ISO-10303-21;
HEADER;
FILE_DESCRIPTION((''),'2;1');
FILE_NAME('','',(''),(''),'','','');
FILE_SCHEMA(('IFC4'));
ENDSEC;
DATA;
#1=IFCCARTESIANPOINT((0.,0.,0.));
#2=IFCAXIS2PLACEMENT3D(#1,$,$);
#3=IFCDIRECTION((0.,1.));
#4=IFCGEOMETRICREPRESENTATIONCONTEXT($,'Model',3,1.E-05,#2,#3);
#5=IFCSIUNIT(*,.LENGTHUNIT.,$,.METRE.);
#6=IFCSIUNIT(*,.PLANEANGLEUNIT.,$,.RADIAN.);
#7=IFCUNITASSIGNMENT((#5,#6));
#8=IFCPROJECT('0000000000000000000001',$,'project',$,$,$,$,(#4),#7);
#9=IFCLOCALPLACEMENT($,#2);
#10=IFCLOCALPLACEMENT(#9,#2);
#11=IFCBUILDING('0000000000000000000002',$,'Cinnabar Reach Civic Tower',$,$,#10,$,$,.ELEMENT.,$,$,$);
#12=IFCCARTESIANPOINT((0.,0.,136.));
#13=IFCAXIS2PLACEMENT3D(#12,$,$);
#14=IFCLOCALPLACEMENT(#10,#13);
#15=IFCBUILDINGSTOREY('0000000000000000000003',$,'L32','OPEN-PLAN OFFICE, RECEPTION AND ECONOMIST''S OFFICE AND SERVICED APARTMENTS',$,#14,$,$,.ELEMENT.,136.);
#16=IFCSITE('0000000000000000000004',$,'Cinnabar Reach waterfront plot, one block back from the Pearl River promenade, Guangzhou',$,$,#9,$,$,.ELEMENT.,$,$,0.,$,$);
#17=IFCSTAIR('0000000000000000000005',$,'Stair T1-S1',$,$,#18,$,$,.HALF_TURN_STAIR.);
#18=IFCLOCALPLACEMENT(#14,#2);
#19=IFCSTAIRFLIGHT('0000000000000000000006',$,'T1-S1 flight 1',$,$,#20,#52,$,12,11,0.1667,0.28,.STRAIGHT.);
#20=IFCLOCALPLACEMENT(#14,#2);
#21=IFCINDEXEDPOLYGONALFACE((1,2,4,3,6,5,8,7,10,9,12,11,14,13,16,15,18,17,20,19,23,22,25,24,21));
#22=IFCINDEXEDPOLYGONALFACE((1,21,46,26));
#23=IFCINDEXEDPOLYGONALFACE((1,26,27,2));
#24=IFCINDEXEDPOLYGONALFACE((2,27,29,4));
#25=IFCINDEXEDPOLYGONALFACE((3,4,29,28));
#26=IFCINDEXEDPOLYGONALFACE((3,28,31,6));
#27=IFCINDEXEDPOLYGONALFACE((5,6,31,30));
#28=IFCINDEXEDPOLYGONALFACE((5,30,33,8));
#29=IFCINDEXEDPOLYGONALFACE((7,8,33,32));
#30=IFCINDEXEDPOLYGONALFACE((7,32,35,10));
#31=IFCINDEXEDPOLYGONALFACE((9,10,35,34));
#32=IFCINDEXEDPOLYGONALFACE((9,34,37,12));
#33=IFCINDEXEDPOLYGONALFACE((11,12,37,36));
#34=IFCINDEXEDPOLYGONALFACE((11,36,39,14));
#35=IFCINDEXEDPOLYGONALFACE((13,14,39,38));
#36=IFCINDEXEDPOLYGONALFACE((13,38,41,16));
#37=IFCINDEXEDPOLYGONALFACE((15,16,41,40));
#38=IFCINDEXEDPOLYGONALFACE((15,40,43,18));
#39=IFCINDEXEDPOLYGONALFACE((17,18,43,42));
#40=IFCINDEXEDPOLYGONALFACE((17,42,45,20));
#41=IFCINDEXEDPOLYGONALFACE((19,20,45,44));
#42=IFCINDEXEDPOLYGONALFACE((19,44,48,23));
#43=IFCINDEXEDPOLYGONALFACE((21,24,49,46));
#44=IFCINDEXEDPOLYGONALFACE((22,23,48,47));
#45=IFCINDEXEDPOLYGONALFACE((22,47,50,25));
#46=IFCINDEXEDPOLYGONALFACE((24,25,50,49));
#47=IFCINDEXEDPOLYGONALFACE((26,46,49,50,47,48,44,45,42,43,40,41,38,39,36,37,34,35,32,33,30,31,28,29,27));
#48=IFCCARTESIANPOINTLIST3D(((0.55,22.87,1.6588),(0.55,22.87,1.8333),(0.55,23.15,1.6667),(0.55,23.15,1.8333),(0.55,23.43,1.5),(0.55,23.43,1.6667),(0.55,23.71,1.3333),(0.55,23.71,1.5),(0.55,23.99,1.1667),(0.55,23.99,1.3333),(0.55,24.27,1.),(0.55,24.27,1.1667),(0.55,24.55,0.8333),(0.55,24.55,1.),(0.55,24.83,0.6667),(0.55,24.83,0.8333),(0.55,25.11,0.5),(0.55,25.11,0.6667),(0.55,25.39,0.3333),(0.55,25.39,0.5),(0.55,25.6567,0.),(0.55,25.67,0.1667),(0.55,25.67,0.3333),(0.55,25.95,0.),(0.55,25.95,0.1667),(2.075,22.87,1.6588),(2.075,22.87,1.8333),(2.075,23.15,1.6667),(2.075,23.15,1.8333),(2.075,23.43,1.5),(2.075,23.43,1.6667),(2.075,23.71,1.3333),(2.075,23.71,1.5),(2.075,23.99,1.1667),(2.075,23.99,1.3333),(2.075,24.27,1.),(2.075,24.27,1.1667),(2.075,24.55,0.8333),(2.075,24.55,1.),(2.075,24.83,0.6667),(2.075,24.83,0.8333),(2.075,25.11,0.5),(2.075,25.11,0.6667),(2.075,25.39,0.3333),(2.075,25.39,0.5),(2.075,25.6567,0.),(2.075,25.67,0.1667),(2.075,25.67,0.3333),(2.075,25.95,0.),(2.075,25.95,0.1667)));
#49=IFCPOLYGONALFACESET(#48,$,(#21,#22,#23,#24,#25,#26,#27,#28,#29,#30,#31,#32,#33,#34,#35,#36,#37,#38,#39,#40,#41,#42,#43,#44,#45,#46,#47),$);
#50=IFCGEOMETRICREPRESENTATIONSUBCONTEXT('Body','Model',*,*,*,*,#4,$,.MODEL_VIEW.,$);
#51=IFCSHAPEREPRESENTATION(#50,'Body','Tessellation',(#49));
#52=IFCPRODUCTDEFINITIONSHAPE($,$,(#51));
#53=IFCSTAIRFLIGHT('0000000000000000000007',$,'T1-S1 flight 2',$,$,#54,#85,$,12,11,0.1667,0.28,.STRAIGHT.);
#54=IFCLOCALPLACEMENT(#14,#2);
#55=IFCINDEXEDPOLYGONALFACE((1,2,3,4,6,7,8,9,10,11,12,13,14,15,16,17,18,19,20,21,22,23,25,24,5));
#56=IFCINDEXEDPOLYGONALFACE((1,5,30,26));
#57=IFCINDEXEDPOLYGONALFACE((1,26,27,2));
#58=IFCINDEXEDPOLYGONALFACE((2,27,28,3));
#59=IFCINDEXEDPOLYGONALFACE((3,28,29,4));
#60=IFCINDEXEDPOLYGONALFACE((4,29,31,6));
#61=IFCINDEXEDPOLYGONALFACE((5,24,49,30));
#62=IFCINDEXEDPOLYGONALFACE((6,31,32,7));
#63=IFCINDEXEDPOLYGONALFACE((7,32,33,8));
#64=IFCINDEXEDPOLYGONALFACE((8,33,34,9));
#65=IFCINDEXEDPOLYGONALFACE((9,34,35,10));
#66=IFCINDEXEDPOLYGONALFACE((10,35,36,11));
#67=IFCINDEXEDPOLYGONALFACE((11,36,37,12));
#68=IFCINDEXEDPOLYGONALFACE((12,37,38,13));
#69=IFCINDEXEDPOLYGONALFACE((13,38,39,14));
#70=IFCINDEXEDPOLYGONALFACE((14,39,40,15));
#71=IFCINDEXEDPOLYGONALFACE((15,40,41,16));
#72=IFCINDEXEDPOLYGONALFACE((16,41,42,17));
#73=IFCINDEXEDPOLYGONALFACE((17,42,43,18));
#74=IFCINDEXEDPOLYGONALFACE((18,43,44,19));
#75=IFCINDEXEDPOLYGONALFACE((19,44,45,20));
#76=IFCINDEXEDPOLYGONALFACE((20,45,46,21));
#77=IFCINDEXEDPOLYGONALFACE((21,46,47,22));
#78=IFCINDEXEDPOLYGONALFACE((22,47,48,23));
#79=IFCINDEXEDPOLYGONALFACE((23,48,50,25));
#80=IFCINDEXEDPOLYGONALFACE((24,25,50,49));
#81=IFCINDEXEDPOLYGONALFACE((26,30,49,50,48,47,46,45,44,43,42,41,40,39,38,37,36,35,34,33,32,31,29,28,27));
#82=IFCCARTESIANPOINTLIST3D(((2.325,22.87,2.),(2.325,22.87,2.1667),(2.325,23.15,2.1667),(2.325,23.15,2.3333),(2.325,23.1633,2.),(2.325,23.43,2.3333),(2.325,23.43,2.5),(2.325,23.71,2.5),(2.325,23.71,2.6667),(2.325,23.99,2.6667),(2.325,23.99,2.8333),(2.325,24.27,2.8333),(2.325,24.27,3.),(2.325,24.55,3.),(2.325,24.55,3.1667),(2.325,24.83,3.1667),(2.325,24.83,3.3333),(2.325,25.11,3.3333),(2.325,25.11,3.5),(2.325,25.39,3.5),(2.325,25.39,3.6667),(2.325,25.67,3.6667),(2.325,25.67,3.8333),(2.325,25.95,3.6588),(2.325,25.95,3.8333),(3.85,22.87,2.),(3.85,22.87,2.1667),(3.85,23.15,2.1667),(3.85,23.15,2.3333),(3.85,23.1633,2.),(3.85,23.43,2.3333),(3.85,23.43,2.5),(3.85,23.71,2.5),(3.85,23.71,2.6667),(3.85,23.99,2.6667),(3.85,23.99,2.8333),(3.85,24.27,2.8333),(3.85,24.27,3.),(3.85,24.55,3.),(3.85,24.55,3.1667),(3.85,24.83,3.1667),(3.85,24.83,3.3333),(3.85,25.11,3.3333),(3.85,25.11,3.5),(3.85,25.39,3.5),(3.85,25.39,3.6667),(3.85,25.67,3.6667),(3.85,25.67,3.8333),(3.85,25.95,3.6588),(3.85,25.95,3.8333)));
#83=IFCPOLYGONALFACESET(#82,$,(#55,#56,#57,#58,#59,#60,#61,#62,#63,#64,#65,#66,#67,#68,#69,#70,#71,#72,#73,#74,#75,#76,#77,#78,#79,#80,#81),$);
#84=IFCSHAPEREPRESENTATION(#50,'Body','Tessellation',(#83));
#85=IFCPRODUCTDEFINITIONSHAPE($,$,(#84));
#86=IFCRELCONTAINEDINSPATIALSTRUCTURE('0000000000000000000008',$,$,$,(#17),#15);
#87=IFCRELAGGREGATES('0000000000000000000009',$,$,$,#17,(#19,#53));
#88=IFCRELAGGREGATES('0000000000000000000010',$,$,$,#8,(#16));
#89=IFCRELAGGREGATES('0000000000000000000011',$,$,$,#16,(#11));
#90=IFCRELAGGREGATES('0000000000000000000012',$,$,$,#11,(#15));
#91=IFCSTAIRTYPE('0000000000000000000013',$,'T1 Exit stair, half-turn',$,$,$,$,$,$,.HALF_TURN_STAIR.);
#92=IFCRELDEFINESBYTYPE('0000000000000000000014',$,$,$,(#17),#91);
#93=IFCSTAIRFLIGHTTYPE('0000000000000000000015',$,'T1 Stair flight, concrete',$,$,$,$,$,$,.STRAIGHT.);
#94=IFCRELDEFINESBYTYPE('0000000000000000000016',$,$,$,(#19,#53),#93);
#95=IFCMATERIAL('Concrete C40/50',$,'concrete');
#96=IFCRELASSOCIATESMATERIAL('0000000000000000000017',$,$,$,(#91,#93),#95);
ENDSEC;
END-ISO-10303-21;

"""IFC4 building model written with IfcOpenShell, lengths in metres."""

from ifc_helpers import new_model, si_unit, direction, frame, origin, place, context, subcontext, project, spatial, polyline, outline, extrude, material, type_object, element, aggregate, save


model = new_model("IFC4")

# Units and contexts
model_context = context("Model", 3, precision=1e-05, world=origin(), true_north=direction((0.0, 1.0)))
body_context = subcontext(model_context, "Body", "Model", "MODEL_VIEW")
ifc_project = project(units=[si_unit("LENGTHUNIT", "METRE"), si_unit("PLANEANGLEUNIT", "RADIAN")], contexts=[model_context])

# Site, building, storey
site_placement = place(None, origin())
site = spatial("IfcSite", under=ifc_project, at=site_placement, Name="Cinnabar Reach waterfront plot, one block back from the Pearl River promenade, Guangzhou", CompositionType="ELEMENT", RefElevation=0.0)
building_placement = place(site_placement, origin())
building = spatial("IfcBuilding", under=site, at=building_placement, Name="Cinnabar Reach Civic Tower", CompositionType="ELEMENT")
storey_placement = place(building_placement, frame((0.0, 0.0, 136.0)))
storey = spatial("IfcBuildingStorey", under=building, at=storey_placement, Name="L32", Description="OPEN-PLAN OFFICE, RECEPTION AND ECONOMIST'S OFFICE AND SERVICED APARTMENTS", CompositionType="ELEMENT", Elevation=136.0)

# Stair, stair flights
ifc_material_1 = material(Name="Concrete C40/50", Category="concrete")
stair_type = type_object("IfcStairType", Name="T1 Exit stair, half-turn", PredefinedType="HALF_TURN_STAIR", material=ifc_material_1)
stair_placement = place(storey_placement, origin())
stair = element("IfcStair", 1, at=stair_placement, inside=storey, type_object=stair_type, Name="Stair T1-S1", PredefinedType="HALF_TURN_STAIR")
stair_flight_type = type_object("IfcStairFlightType", Name="T1 Stair flight, concrete", PredefinedType="STRAIGHT", material=ifc_material_1)
stair_flight_1_placement = place(storey_placement, frame((1.3125, 25.95, 0.0), z_axis=(0.0, 0.0, 1.0), x_axis=(0.0, -1.0, 0.0)))
stair_flight_1 = element("IfcStairFlight", 2, at=stair_flight_1_placement, type_object=stair_flight_type, Name="T1-S1 flight 1", NumberOfRisers=12, NumberOfTreads=11, PredefinedType="STRAIGHT", RiserHeight=0.1667, TreadLength=0.28, context=body_context, shape_type="SweptSolid", body=[
    extrude(outline(polyline([(0.0, 0.0), (0.0, 0.1667), (0.28, 0.1667), (0.28, 0.3333), (0.56, 0.3333), (0.56, 0.5), (0.84, 0.5), (0.84, 0.6667), (1.12, 0.6667), (1.12, 0.8333), (1.4, 0.8333), (1.4, 1.0), (1.68, 1.0), (1.68, 1.1667), (1.96, 1.1667), (1.96, 1.3333), (2.24, 1.3333), (2.24, 1.5), (2.52, 1.5), (2.52, 1.6667), (2.8, 1.6667), (2.8, 1.8333), (3.08, 1.8333), (3.08, 2.0), (3.08, 1.6588), (0.2933, 0.0), (0.0, 0.0)])), frame((0.0, 0.7625, 0.0), z_axis=(0.0, -1.0, 0.0), x_axis=(1.0, 0.0, 0.0)), (0.0, 0.0, 1.0), 1.525),
])
stair_flight_2_placement = place(storey_placement, frame((3.0875, 22.87, 2.0), z_axis=(0.0, 0.0, 1.0), x_axis=(0.0, 1.0, 0.0)))
stair_flight_2 = element("IfcStairFlight", 3, at=stair_flight_2_placement, type_object=stair_flight_type, Name="T1-S1 flight 2", NumberOfRisers=12, NumberOfTreads=11, PredefinedType="STRAIGHT", RiserHeight=0.1667, TreadLength=0.28, context=body_context, shape_type="SweptSolid", body=[
    extrude(outline(polyline([(0.0, 0.0), (0.0, 0.1667), (0.28, 0.1667), (0.28, 0.3333), (0.56, 0.3333), (0.56, 0.5), (0.84, 0.5), (0.84, 0.6667), (1.12, 0.6667), (1.12, 0.8333), (1.4, 0.8333), (1.4, 1.0), (1.68, 1.0), (1.68, 1.1667), (1.96, 1.1667), (1.96, 1.3333), (2.24, 1.3333), (2.24, 1.5), (2.52, 1.5), (2.52, 1.6667), (2.8, 1.6667), (2.8, 1.8333), (3.08, 1.8333), (3.08, 2.0), (3.08, 1.6588), (0.2933, 0.0), (0.0, 0.0)])), frame((0.0, 0.7625, 0.0), z_axis=(0.0, -1.0, 0.0), x_axis=(1.0, 0.0, 0.0)), (0.0, 0.0, 1.0), 1.525),
])
aggregate(stair, [stair_flight_1, stair_flight_2])

save(model, "model.ifc")
